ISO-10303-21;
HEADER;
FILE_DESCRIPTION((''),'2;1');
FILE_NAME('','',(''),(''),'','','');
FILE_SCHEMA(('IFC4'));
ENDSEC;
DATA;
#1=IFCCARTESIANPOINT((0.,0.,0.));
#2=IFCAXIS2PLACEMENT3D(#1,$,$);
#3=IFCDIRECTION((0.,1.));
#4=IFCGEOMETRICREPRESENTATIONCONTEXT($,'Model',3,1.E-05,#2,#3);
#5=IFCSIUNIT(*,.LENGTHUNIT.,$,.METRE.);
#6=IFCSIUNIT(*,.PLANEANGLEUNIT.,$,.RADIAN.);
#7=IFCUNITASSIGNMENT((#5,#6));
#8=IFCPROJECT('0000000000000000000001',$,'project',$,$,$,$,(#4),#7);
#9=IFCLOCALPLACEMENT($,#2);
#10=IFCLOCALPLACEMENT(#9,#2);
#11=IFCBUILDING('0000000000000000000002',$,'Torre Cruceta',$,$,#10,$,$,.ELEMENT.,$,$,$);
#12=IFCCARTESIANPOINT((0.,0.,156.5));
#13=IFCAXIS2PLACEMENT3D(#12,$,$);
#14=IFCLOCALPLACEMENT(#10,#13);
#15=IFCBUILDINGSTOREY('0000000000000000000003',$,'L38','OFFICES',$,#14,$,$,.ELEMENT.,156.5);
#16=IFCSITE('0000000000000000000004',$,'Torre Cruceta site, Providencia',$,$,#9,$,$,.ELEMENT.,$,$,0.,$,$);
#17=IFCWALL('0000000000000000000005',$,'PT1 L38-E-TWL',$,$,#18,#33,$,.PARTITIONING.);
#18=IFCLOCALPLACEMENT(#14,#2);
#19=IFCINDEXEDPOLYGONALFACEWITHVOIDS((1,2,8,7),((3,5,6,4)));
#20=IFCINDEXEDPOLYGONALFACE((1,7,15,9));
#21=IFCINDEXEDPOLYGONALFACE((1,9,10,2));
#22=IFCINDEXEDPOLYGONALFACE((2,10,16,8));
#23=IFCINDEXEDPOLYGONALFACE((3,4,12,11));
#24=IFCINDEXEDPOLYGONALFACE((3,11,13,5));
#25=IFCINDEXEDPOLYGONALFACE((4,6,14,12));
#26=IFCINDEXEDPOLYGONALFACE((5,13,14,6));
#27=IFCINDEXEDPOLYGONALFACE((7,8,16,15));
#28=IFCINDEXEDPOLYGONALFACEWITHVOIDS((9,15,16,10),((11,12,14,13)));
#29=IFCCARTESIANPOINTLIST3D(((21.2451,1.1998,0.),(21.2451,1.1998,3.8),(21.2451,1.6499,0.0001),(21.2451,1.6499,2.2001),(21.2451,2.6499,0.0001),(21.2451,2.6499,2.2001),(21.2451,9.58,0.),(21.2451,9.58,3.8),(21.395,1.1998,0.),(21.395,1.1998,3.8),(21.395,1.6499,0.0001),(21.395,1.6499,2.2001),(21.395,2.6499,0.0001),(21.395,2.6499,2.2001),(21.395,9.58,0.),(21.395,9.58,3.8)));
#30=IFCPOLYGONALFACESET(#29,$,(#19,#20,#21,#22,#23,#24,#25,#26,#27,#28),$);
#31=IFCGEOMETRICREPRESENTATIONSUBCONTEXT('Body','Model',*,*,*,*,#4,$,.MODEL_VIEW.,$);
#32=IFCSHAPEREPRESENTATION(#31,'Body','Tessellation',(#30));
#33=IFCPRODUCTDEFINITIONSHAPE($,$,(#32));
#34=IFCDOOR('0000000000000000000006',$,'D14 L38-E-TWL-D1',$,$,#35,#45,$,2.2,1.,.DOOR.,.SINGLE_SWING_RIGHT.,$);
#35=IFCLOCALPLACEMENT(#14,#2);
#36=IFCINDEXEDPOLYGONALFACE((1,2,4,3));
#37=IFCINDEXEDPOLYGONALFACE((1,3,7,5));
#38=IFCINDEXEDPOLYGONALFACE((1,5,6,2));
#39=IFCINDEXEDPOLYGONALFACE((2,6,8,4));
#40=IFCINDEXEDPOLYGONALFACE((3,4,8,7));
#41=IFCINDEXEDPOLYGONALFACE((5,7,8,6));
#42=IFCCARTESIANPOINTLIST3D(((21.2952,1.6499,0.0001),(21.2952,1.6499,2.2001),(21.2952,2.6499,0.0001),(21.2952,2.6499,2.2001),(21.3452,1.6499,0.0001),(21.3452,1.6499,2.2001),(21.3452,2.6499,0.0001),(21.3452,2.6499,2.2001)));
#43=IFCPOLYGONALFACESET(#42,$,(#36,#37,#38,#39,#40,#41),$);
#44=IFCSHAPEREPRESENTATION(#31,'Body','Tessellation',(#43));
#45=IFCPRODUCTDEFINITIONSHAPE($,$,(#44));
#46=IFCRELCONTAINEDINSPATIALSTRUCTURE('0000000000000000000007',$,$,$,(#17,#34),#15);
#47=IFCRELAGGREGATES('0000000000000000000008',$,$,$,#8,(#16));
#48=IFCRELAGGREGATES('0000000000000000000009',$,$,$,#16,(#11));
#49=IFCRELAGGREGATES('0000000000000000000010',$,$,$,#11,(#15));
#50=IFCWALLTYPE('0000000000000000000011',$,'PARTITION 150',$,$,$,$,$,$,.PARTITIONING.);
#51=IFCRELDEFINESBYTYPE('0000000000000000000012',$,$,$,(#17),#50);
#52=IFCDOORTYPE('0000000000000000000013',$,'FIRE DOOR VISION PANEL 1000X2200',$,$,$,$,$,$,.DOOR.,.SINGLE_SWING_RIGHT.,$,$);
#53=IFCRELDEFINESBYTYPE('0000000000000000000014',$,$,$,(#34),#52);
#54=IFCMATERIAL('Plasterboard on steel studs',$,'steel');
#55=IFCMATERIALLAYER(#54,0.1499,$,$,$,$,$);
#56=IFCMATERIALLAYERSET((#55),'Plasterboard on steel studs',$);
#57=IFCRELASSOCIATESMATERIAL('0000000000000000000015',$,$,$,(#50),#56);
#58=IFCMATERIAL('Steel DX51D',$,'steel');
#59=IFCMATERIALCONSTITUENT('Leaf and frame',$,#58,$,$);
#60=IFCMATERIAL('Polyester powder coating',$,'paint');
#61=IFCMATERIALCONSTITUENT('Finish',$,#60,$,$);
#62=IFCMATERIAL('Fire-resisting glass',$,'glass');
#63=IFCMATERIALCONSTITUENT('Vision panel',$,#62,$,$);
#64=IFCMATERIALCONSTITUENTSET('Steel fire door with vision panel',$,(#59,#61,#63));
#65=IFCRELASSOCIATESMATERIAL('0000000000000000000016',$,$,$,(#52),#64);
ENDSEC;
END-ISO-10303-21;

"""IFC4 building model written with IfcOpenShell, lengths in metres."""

from ifc_helpers import new_model, si_unit, direction, frame, frame_2d, origin, place, context, subcontext, project, spatial, rectangle, extrude, material, layer, layer_set, constituent, constituent_set, type_object, element, fill, save


model = new_model("IFC4")

# Units and contexts
model_context = context("Model", 3, precision=1e-05, world=origin(), true_north=direction((0.0, 1.0)))
body_context = subcontext(model_context, "Body", "Model", "MODEL_VIEW")
ifc_project = project(units=[si_unit("LENGTHUNIT", "METRE"), si_unit("PLANEANGLEUNIT", "RADIAN")], contexts=[model_context])

# Site, building, storey
site_placement = place(None, origin())
site = spatial("IfcSite", under=ifc_project, at=site_placement, Name="Torre Cruceta site, Providencia", CompositionType="ELEMENT", RefElevation=0.0)
building_placement = place(site_placement, origin())
building = spatial("IfcBuilding", under=site, at=building_placement, Name="Torre Cruceta", CompositionType="ELEMENT")
storey_placement = place(building_placement, frame((0.0, 0.0, 156.5)))
storey = spatial("IfcBuildingStorey", under=building, at=storey_placement, Name="L38", Description="OFFICES", CompositionType="ELEMENT", Elevation=156.5)

# Wall, opening, door
ifc_material_1 = material(Name="Plasterboard on steel studs", Category="steel")
ifc_layer_1 = layer(ifc_material_1, 0.1499)
ifc_layer_set_1 = layer_set([ifc_layer_1], Name="Plasterboard on steel studs")
wall_type_1 = type_object("IfcWallType", Name="PARTITION 150", PredefinedType="PARTITIONING", material=ifc_layer_set_1)
wall_1_placement = place(storey_placement, frame((21.3201, 1.2, 0.0), z_axis=(0.0, 0.0, 1.0), x_axis=(0.0, 1.0, 0.0)))
wall_1 = element("IfcWall", 1, at=wall_1_placement, inside=storey, type_object=wall_type_1, Name="PT1 L38-E-TWL", PredefinedType="PARTITIONING", context=body_context, shape_type="SweptSolid", body=[
    extrude(rectangle(XDim=8.3801, YDim=0.1499, at=frame_2d((4.1899, 0.0))), origin(), (0.0, 0.0, 1.0), 3.8),
])
opening_1_placement = place(wall_1_placement, frame((0.45, 0.0, 0.0)))
opening_1 = element("IfcOpeningElement", 2, at=opening_1_placement, cuts=wall_1, PredefinedType="OPENING", context=body_context, shape_type="SweptSolid", body=[
    extrude(rectangle(XDim=1.0, YDim=2.2, at=frame_2d((0.5, 1.1001))), frame((0.0, 0.085, 0.0), z_axis=(0.0, -1.0, 0.0), x_axis=(1.0, 0.0, 0.0)), (0.0, 0.0, 1.0), 0.1699),
])
ifc_material_2 = material(Name="Steel DX51D", Category="steel")
ifc_constituent_1 = constituent(ifc_material_2, Name="Leaf and frame")
ifc_material_3 = material(Name="Polyester powder coating", Category="paint")
ifc_constituent_2 = constituent(ifc_material_3, Name="Finish")
ifc_material_4 = material(Name="Fire-resisting glass", Category="glass")
ifc_constituent_3 = constituent(ifc_material_4, Name="Vision panel")
ifc_constituent_set_1 = constituent_set(constituents=[ifc_constituent_1, ifc_constituent_2, ifc_constituent_3], Name="Steel fire door with vision panel")
door_type = type_object("IfcDoorType", Name="FIRE DOOR VISION PANEL 1000X2200", OperationType="SINGLE_SWING_RIGHT", PredefinedType="DOOR", material=ifc_constituent_set_1)
door_placement = place(opening_1_placement, frame((1.0, 0.0, 0.0), z_axis=(0.0, 0.0, 1.0), x_axis=(-1.0, 0.0, 0.0)))
door = element("IfcDoor", 3, at=door_placement, inside=storey, type_object=door_type, Name="D14 L38-E-TWL-D1", OperationType="SINGLE_SWING_RIGHT", OverallHeight=2.2, OverallWidth=1.0, PredefinedType="DOOR", context=body_context, shape_type="SweptSolid", body=[
    extrude(rectangle(XDim=1.0, YDim=2.2, at=frame_2d((0.5, 1.1001))), frame((0.0, 0.0251, 0.0), z_axis=(0.0, -1.0, 0.0), x_axis=(1.0, 0.0, 0.0)), (0.0, 0.0, 1.0), 0.05),
])
fill(opening_1, door)

save(model, "model.ifc")
